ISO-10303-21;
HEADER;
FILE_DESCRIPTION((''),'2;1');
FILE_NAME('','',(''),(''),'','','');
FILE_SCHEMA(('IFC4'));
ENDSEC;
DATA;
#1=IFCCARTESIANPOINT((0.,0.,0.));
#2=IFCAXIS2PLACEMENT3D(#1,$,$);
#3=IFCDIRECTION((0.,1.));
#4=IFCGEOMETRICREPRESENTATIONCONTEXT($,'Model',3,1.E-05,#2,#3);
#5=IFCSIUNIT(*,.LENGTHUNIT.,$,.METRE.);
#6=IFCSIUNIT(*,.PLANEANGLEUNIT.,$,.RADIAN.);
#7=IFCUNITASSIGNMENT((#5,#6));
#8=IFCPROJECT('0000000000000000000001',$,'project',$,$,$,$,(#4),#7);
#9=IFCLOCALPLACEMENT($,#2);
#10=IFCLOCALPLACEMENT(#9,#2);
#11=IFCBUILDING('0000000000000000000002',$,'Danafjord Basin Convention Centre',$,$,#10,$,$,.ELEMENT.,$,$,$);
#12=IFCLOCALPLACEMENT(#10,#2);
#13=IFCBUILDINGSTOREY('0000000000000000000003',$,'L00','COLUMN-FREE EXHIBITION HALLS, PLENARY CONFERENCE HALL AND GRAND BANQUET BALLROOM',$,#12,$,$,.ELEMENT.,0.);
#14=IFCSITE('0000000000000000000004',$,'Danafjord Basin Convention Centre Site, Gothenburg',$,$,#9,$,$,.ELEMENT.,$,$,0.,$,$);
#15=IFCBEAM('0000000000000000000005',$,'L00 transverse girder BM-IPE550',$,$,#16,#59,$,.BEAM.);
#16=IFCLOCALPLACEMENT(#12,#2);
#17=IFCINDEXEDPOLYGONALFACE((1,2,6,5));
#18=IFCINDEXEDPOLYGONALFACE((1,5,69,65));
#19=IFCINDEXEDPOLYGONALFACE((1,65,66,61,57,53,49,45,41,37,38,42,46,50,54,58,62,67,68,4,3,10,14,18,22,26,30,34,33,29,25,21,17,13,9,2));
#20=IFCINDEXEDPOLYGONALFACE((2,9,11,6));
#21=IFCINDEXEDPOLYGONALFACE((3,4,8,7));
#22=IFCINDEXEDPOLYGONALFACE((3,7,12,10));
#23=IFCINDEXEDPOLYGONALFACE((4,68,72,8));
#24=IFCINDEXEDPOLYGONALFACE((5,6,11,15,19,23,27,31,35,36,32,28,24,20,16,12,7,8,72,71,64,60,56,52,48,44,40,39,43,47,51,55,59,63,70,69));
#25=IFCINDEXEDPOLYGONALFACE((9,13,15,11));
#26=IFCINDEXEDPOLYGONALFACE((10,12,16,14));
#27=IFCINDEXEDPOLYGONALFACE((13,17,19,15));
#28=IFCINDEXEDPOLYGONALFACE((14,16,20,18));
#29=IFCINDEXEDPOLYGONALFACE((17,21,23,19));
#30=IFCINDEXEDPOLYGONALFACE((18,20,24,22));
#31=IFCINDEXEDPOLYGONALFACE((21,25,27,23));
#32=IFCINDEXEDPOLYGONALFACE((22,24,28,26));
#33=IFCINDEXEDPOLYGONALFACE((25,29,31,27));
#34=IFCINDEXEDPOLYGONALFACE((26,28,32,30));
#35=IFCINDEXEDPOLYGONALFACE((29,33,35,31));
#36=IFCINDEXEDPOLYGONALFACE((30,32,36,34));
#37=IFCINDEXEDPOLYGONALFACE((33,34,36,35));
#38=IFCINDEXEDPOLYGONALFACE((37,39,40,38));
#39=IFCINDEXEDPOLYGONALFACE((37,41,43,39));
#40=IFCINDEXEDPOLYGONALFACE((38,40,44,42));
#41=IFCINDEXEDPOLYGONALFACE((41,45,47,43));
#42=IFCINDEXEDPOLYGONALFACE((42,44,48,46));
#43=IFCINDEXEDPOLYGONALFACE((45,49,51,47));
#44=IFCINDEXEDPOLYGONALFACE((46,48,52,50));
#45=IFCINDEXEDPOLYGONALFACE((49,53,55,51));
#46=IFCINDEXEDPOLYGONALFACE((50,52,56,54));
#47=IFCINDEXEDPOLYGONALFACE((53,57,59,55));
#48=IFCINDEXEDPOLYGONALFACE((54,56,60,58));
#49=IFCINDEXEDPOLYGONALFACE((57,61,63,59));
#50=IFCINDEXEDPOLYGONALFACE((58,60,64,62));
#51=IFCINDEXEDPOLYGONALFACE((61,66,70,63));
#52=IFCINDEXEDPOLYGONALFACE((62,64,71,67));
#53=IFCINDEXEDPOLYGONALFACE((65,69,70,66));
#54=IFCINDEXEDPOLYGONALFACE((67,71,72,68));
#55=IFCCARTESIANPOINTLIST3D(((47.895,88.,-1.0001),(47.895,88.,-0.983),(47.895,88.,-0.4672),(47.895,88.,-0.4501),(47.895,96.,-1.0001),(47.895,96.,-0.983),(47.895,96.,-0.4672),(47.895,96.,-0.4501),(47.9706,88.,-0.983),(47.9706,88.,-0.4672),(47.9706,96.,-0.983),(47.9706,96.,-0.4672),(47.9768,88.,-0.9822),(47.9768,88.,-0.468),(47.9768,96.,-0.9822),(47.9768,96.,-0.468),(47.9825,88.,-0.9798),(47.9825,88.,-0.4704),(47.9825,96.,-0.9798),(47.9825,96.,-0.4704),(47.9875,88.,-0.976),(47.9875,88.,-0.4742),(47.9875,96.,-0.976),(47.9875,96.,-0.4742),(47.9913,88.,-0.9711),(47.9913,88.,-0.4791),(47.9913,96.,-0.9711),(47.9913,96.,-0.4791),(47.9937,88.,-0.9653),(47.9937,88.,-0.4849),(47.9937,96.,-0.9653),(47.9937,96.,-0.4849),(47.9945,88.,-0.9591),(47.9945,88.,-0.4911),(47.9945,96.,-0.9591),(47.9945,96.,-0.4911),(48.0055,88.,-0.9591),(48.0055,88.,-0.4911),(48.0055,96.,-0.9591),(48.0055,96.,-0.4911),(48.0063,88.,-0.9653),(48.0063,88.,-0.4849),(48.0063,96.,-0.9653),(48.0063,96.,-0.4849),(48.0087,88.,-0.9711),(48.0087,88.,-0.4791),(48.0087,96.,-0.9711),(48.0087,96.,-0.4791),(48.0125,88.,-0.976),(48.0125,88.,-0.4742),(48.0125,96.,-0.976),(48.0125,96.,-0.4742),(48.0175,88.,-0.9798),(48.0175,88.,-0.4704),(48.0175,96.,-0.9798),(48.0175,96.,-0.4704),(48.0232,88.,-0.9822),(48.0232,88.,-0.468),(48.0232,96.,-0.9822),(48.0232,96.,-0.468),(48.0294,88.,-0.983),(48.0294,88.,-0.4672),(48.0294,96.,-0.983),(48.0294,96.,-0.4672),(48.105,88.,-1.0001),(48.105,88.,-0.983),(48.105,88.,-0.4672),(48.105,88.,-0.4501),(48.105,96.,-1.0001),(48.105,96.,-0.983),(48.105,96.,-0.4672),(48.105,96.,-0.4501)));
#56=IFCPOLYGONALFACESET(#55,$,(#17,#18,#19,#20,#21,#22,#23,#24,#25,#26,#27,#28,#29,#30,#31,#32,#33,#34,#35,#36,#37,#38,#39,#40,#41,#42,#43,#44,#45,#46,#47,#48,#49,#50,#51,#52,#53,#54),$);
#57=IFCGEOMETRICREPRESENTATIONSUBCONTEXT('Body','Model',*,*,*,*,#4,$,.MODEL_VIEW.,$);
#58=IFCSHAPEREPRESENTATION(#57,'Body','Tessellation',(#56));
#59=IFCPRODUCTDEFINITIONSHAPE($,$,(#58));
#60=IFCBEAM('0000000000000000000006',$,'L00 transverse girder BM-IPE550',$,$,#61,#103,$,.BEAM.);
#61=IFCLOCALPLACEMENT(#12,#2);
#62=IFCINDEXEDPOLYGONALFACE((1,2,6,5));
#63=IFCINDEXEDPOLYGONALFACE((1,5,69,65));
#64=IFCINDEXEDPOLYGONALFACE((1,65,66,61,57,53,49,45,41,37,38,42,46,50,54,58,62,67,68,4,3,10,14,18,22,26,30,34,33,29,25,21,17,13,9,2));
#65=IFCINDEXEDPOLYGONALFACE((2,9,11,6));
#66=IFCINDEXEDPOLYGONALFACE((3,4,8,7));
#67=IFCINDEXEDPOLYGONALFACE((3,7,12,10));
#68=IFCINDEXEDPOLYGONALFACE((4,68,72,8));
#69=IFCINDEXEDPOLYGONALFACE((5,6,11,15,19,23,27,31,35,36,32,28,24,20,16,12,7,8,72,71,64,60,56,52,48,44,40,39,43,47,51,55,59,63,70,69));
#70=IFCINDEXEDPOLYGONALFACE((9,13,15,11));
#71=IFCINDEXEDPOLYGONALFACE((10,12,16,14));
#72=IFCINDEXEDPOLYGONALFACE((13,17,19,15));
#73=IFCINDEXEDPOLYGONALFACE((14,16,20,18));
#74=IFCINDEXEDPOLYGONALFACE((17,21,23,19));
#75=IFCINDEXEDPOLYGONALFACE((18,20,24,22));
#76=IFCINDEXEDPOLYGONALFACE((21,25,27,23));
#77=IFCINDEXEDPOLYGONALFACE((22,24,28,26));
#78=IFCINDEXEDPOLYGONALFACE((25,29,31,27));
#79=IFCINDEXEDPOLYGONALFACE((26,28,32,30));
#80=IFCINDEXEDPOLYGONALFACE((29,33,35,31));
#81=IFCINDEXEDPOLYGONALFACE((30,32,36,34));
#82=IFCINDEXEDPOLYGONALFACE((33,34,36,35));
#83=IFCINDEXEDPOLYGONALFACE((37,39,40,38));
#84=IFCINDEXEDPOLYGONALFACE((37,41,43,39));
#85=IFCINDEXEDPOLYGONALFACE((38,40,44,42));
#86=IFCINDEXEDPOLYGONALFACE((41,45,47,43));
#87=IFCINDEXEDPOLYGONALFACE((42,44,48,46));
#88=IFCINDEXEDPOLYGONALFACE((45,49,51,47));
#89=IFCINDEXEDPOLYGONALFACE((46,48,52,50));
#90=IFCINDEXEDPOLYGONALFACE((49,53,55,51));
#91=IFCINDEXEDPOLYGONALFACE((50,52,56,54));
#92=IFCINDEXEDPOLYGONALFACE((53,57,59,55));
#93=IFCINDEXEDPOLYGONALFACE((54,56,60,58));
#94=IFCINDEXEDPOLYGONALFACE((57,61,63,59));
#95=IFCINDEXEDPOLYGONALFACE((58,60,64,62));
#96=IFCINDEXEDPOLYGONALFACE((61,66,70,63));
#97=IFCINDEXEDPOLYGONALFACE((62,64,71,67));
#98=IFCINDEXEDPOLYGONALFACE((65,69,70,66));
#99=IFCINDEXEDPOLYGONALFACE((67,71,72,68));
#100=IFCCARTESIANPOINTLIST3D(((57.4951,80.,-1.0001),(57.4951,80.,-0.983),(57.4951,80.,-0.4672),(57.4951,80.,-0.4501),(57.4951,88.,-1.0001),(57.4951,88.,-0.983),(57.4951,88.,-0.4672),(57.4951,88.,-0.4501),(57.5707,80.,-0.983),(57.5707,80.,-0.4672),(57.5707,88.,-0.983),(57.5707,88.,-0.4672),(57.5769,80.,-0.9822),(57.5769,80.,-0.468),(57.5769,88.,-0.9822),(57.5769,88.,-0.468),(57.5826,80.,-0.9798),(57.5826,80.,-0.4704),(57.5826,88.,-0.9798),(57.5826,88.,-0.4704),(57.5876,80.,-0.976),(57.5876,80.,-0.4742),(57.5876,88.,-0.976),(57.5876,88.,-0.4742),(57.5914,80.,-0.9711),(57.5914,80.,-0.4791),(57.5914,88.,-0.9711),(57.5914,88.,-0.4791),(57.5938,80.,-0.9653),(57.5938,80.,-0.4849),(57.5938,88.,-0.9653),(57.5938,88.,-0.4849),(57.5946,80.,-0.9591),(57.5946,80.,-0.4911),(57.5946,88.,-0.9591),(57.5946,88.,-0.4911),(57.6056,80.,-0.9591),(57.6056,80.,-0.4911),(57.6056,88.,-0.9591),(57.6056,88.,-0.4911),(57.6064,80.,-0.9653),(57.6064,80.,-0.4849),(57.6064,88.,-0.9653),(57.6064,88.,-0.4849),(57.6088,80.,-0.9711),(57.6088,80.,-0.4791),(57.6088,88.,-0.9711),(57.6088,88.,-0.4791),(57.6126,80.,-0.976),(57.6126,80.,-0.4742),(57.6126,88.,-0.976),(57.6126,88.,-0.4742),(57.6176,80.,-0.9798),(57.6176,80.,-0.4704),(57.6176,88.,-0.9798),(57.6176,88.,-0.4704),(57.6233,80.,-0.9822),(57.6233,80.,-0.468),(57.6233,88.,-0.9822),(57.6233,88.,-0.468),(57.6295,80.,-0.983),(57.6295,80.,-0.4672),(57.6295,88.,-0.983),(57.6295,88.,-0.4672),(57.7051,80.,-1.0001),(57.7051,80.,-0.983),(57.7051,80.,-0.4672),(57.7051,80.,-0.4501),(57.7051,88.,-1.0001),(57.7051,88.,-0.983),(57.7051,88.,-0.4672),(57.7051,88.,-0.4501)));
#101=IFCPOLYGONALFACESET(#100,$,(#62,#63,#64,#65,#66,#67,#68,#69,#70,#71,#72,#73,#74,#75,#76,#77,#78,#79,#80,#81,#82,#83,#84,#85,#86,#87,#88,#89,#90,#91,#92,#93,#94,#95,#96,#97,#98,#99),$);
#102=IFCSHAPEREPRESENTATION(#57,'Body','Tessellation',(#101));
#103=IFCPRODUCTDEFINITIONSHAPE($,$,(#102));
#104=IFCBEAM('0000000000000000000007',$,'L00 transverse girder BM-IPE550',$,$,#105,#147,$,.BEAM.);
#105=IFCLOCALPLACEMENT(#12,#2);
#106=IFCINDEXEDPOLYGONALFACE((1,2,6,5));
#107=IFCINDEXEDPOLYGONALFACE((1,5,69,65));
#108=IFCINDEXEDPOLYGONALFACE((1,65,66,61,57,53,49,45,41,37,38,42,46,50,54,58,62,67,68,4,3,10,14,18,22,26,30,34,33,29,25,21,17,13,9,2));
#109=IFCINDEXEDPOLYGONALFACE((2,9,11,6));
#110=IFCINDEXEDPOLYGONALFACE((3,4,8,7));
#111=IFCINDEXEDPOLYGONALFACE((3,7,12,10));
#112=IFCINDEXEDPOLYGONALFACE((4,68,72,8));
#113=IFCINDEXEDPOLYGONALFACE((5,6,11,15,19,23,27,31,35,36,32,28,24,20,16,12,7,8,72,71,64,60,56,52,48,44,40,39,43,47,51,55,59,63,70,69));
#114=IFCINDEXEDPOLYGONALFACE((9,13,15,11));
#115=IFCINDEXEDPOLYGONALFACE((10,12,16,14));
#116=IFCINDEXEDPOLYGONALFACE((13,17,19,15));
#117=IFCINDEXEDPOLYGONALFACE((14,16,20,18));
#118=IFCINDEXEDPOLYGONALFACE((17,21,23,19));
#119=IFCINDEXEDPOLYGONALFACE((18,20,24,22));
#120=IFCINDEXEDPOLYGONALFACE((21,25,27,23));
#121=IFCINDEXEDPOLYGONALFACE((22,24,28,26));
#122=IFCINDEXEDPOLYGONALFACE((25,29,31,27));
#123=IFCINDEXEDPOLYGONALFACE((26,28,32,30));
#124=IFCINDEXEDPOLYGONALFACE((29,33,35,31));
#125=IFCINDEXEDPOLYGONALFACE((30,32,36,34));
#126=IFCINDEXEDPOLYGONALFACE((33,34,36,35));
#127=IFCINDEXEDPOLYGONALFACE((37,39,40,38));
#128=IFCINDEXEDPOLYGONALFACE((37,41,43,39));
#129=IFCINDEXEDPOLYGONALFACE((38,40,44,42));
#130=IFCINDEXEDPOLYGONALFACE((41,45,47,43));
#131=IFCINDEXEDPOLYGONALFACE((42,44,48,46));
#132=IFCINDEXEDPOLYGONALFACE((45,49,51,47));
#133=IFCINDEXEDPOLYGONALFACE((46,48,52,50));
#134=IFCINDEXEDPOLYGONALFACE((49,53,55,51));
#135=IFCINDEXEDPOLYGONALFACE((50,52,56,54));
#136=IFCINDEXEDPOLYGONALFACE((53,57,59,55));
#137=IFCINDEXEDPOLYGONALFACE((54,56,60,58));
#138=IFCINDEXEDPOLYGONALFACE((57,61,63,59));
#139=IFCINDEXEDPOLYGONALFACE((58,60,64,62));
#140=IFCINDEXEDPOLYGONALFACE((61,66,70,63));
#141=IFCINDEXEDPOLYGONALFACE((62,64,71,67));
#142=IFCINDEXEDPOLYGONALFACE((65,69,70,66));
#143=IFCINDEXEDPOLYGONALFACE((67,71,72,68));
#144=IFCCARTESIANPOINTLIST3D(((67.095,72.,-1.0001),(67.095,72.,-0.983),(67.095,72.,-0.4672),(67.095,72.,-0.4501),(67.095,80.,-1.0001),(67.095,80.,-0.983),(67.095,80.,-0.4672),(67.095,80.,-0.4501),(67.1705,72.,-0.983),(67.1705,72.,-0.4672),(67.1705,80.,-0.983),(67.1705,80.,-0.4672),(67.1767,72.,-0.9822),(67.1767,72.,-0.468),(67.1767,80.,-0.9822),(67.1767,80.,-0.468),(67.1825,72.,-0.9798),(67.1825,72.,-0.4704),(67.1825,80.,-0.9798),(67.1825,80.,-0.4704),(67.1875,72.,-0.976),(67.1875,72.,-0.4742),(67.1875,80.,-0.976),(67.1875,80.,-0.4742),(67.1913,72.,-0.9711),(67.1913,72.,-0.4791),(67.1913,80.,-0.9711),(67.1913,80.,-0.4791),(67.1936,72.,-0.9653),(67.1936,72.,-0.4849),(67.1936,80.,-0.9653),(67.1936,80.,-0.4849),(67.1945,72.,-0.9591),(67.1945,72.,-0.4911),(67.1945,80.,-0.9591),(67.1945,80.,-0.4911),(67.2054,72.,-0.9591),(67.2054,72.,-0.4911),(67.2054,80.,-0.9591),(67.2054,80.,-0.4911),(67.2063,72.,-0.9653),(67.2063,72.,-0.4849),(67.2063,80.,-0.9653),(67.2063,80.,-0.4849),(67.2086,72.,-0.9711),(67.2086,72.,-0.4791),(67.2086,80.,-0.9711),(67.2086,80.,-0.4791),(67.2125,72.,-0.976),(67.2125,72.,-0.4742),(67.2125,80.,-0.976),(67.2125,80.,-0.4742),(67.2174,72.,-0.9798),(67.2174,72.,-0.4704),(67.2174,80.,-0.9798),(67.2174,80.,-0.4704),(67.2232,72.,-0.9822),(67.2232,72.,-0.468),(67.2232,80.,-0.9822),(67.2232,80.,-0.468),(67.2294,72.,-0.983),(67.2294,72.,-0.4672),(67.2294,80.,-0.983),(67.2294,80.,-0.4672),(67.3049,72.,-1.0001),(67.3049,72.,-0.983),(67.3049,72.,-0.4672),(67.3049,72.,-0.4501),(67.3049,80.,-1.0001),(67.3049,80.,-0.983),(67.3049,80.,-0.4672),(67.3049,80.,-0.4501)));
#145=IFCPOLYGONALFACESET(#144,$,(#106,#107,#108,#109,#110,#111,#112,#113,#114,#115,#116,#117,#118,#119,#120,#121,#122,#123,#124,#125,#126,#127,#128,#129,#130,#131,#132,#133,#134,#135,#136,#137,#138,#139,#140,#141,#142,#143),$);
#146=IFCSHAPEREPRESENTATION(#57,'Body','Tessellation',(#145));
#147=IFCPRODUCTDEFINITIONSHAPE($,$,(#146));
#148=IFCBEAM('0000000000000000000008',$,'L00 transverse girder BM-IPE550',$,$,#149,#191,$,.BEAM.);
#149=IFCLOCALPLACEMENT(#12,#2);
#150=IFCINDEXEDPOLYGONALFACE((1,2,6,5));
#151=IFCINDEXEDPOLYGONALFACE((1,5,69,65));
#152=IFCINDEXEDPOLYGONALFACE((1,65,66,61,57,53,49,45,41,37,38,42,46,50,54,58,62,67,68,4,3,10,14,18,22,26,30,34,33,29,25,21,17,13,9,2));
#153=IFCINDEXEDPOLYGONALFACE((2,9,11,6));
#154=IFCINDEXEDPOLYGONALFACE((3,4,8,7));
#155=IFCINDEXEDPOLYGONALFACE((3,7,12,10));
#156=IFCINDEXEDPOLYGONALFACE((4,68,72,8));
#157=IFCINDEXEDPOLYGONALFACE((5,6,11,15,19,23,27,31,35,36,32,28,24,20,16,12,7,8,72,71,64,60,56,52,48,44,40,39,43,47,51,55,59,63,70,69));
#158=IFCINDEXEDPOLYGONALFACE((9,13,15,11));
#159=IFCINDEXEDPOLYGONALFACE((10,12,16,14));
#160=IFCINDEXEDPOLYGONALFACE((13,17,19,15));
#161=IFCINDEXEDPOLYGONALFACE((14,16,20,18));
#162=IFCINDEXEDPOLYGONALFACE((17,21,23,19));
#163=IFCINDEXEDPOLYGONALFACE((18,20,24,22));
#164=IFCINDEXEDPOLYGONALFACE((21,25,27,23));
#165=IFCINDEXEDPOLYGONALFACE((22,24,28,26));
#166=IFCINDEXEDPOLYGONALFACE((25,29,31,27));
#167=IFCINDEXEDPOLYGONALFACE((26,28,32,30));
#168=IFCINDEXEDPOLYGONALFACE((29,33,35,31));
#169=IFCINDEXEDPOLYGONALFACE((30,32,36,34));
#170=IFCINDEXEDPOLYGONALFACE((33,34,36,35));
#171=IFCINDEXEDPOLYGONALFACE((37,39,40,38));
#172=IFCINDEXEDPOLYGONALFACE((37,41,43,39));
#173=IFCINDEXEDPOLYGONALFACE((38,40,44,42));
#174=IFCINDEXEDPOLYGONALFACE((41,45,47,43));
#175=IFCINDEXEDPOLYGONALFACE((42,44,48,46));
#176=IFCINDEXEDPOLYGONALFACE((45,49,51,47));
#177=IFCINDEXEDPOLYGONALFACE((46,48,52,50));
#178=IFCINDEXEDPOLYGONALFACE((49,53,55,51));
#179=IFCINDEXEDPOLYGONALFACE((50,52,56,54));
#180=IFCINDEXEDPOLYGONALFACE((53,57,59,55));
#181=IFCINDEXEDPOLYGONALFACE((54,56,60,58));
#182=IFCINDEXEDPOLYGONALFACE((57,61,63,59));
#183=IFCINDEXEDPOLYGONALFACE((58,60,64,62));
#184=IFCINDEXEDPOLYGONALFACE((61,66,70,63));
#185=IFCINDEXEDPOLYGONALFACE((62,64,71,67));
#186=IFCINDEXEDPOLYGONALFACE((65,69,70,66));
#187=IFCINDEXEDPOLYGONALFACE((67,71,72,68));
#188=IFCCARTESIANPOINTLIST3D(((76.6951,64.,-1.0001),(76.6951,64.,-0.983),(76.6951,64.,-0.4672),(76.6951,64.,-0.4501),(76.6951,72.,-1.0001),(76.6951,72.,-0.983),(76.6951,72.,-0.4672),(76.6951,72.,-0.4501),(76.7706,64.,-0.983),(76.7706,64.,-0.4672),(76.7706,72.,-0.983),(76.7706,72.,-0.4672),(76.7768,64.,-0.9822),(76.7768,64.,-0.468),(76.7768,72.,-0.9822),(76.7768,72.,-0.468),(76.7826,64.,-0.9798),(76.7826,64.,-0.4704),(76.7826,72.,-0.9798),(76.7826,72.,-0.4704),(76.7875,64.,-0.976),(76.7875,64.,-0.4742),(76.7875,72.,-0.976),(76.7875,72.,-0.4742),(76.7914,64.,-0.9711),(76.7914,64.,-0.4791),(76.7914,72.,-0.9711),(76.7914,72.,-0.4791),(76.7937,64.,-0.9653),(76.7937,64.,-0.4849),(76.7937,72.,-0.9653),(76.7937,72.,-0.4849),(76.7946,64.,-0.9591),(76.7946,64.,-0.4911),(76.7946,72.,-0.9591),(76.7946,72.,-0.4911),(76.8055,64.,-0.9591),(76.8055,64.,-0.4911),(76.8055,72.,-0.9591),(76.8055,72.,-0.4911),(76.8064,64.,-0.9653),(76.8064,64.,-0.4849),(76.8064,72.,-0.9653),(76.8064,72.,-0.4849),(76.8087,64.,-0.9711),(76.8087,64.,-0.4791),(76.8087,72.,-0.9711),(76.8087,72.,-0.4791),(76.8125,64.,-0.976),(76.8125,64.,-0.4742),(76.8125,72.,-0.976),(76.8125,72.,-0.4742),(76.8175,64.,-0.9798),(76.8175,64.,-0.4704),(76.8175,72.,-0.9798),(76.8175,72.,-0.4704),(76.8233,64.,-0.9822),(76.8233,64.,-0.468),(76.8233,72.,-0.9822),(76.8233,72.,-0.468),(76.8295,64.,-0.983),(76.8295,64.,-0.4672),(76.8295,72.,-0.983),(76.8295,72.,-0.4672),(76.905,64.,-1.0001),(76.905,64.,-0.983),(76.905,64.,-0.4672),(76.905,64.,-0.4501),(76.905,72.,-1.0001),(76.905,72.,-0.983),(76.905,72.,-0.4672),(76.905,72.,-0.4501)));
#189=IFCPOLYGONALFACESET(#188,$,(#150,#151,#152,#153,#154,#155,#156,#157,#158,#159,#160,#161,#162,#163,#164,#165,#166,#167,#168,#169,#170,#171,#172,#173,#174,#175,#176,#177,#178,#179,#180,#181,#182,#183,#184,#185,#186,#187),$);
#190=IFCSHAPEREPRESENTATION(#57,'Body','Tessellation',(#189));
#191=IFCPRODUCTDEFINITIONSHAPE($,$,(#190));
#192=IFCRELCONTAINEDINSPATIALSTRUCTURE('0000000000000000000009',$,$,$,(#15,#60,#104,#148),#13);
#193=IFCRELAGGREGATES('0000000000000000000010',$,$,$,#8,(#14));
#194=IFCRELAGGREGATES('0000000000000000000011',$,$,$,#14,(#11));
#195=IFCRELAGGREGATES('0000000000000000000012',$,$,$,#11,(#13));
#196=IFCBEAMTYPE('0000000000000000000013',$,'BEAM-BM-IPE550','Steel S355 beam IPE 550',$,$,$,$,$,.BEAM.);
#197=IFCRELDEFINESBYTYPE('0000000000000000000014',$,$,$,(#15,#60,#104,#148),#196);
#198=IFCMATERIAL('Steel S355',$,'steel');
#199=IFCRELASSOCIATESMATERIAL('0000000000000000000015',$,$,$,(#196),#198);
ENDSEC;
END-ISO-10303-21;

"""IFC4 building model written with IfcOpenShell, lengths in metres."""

from ifc_helpers import new_model, si_unit, direction, frame, origin, origin_2d, place, context, subcontext, project, spatial, i_section, extrude, material, material_profile, profile_set, type_object, element, save


model = new_model("IFC4")

# Units and contexts
model_context = context("Model", 3, precision=1e-05, world=origin(), true_north=direction((0.0, 1.0)))
body_context = subcontext(model_context, "Body", "Model", "MODEL_VIEW")
ifc_project = project(units=[si_unit("LENGTHUNIT", "METRE"), si_unit("PLANEANGLEUNIT", "RADIAN")], contexts=[model_context])

# Site, building, storey
site_placement = place(None, origin())
site = spatial("IfcSite", under=ifc_project, at=site_placement, Name="Danafjord Basin Convention Centre Site, Gothenburg", CompositionType="ELEMENT", RefElevation=0.0)
building_placement = place(site_placement, origin())
building = spatial("IfcBuilding", under=site, at=building_placement, Name="Danafjord Basin Convention Centre", CompositionType="ELEMENT")
storey_placement = place(building_placement, origin())
storey = spatial("IfcBuildingStorey", under=building, at=storey_placement, Name="L00", Description="COLUMN-FREE EXHIBITION HALLS, PLENARY CONFERENCE HALL AND GRAND BANQUET BALLROOM", CompositionType="ELEMENT", Elevation=0.0)

# Beams
ifc_material_1 = material(Name="Steel S355", Category="steel")
ifc_material_profile_1 = material_profile(ifc_material_1, i_section(OverallWidth=0.21, OverallDepth=0.55, WebThickness=0.011, FlangeThickness=0.0171, FilletRadius=0.0239, at=origin_2d()), Name="IPE 550")
ifc_profile_set_1 = profile_set([ifc_material_profile_1], Name="Steel S355")
beam_type_1 = type_object("IfcBeamType", Name="BEAM-BM-IPE550", Description="Steel S355 beam IPE 550", PredefinedType="BEAM", material=ifc_profile_set_1)
for number, where, z_axis, x_axis, name in (
    (1, (48.0, 88.0, -0.7251), (0.0, 1.0, 0.0), (-1.0, 0.0, 0.0), "L00 transverse girder BM-IPE550"),
    (2, (57.6001, 80.0, -0.7251), (0.0, 1.0, 0.0), (-1.0, 0.0, 0.0), "L00 transverse girder BM-IPE550"),
    (3, (67.2, 72.0, -0.7251), (0.0, 1.0, 0.0), (-1.0, 0.0, 0.0), "L00 transverse girder BM-IPE550"),
    (4, (76.8, 64.0, -0.7251), (0.0, 1.0, 0.0), (-1.0, 0.0, 0.0), "L00 transverse girder BM-IPE550"),
):
    element("IfcBeam", number, at=place(storey_placement, frame(where, z_axis=z_axis, x_axis=x_axis)), inside=storey, type_object=beam_type_1, Name=name, PredefinedType="BEAM", context=body_context, shape_type="SweptSolid", body=[
        extrude(i_section(OverallWidth=0.21, OverallDepth=0.55, WebThickness=0.011, FlangeThickness=0.0171, FilletRadius=0.0239, at=origin_2d()), origin(), (0.0, 0.0, 1.0), 8.0),
    ])

save(model, "model.ifc")
